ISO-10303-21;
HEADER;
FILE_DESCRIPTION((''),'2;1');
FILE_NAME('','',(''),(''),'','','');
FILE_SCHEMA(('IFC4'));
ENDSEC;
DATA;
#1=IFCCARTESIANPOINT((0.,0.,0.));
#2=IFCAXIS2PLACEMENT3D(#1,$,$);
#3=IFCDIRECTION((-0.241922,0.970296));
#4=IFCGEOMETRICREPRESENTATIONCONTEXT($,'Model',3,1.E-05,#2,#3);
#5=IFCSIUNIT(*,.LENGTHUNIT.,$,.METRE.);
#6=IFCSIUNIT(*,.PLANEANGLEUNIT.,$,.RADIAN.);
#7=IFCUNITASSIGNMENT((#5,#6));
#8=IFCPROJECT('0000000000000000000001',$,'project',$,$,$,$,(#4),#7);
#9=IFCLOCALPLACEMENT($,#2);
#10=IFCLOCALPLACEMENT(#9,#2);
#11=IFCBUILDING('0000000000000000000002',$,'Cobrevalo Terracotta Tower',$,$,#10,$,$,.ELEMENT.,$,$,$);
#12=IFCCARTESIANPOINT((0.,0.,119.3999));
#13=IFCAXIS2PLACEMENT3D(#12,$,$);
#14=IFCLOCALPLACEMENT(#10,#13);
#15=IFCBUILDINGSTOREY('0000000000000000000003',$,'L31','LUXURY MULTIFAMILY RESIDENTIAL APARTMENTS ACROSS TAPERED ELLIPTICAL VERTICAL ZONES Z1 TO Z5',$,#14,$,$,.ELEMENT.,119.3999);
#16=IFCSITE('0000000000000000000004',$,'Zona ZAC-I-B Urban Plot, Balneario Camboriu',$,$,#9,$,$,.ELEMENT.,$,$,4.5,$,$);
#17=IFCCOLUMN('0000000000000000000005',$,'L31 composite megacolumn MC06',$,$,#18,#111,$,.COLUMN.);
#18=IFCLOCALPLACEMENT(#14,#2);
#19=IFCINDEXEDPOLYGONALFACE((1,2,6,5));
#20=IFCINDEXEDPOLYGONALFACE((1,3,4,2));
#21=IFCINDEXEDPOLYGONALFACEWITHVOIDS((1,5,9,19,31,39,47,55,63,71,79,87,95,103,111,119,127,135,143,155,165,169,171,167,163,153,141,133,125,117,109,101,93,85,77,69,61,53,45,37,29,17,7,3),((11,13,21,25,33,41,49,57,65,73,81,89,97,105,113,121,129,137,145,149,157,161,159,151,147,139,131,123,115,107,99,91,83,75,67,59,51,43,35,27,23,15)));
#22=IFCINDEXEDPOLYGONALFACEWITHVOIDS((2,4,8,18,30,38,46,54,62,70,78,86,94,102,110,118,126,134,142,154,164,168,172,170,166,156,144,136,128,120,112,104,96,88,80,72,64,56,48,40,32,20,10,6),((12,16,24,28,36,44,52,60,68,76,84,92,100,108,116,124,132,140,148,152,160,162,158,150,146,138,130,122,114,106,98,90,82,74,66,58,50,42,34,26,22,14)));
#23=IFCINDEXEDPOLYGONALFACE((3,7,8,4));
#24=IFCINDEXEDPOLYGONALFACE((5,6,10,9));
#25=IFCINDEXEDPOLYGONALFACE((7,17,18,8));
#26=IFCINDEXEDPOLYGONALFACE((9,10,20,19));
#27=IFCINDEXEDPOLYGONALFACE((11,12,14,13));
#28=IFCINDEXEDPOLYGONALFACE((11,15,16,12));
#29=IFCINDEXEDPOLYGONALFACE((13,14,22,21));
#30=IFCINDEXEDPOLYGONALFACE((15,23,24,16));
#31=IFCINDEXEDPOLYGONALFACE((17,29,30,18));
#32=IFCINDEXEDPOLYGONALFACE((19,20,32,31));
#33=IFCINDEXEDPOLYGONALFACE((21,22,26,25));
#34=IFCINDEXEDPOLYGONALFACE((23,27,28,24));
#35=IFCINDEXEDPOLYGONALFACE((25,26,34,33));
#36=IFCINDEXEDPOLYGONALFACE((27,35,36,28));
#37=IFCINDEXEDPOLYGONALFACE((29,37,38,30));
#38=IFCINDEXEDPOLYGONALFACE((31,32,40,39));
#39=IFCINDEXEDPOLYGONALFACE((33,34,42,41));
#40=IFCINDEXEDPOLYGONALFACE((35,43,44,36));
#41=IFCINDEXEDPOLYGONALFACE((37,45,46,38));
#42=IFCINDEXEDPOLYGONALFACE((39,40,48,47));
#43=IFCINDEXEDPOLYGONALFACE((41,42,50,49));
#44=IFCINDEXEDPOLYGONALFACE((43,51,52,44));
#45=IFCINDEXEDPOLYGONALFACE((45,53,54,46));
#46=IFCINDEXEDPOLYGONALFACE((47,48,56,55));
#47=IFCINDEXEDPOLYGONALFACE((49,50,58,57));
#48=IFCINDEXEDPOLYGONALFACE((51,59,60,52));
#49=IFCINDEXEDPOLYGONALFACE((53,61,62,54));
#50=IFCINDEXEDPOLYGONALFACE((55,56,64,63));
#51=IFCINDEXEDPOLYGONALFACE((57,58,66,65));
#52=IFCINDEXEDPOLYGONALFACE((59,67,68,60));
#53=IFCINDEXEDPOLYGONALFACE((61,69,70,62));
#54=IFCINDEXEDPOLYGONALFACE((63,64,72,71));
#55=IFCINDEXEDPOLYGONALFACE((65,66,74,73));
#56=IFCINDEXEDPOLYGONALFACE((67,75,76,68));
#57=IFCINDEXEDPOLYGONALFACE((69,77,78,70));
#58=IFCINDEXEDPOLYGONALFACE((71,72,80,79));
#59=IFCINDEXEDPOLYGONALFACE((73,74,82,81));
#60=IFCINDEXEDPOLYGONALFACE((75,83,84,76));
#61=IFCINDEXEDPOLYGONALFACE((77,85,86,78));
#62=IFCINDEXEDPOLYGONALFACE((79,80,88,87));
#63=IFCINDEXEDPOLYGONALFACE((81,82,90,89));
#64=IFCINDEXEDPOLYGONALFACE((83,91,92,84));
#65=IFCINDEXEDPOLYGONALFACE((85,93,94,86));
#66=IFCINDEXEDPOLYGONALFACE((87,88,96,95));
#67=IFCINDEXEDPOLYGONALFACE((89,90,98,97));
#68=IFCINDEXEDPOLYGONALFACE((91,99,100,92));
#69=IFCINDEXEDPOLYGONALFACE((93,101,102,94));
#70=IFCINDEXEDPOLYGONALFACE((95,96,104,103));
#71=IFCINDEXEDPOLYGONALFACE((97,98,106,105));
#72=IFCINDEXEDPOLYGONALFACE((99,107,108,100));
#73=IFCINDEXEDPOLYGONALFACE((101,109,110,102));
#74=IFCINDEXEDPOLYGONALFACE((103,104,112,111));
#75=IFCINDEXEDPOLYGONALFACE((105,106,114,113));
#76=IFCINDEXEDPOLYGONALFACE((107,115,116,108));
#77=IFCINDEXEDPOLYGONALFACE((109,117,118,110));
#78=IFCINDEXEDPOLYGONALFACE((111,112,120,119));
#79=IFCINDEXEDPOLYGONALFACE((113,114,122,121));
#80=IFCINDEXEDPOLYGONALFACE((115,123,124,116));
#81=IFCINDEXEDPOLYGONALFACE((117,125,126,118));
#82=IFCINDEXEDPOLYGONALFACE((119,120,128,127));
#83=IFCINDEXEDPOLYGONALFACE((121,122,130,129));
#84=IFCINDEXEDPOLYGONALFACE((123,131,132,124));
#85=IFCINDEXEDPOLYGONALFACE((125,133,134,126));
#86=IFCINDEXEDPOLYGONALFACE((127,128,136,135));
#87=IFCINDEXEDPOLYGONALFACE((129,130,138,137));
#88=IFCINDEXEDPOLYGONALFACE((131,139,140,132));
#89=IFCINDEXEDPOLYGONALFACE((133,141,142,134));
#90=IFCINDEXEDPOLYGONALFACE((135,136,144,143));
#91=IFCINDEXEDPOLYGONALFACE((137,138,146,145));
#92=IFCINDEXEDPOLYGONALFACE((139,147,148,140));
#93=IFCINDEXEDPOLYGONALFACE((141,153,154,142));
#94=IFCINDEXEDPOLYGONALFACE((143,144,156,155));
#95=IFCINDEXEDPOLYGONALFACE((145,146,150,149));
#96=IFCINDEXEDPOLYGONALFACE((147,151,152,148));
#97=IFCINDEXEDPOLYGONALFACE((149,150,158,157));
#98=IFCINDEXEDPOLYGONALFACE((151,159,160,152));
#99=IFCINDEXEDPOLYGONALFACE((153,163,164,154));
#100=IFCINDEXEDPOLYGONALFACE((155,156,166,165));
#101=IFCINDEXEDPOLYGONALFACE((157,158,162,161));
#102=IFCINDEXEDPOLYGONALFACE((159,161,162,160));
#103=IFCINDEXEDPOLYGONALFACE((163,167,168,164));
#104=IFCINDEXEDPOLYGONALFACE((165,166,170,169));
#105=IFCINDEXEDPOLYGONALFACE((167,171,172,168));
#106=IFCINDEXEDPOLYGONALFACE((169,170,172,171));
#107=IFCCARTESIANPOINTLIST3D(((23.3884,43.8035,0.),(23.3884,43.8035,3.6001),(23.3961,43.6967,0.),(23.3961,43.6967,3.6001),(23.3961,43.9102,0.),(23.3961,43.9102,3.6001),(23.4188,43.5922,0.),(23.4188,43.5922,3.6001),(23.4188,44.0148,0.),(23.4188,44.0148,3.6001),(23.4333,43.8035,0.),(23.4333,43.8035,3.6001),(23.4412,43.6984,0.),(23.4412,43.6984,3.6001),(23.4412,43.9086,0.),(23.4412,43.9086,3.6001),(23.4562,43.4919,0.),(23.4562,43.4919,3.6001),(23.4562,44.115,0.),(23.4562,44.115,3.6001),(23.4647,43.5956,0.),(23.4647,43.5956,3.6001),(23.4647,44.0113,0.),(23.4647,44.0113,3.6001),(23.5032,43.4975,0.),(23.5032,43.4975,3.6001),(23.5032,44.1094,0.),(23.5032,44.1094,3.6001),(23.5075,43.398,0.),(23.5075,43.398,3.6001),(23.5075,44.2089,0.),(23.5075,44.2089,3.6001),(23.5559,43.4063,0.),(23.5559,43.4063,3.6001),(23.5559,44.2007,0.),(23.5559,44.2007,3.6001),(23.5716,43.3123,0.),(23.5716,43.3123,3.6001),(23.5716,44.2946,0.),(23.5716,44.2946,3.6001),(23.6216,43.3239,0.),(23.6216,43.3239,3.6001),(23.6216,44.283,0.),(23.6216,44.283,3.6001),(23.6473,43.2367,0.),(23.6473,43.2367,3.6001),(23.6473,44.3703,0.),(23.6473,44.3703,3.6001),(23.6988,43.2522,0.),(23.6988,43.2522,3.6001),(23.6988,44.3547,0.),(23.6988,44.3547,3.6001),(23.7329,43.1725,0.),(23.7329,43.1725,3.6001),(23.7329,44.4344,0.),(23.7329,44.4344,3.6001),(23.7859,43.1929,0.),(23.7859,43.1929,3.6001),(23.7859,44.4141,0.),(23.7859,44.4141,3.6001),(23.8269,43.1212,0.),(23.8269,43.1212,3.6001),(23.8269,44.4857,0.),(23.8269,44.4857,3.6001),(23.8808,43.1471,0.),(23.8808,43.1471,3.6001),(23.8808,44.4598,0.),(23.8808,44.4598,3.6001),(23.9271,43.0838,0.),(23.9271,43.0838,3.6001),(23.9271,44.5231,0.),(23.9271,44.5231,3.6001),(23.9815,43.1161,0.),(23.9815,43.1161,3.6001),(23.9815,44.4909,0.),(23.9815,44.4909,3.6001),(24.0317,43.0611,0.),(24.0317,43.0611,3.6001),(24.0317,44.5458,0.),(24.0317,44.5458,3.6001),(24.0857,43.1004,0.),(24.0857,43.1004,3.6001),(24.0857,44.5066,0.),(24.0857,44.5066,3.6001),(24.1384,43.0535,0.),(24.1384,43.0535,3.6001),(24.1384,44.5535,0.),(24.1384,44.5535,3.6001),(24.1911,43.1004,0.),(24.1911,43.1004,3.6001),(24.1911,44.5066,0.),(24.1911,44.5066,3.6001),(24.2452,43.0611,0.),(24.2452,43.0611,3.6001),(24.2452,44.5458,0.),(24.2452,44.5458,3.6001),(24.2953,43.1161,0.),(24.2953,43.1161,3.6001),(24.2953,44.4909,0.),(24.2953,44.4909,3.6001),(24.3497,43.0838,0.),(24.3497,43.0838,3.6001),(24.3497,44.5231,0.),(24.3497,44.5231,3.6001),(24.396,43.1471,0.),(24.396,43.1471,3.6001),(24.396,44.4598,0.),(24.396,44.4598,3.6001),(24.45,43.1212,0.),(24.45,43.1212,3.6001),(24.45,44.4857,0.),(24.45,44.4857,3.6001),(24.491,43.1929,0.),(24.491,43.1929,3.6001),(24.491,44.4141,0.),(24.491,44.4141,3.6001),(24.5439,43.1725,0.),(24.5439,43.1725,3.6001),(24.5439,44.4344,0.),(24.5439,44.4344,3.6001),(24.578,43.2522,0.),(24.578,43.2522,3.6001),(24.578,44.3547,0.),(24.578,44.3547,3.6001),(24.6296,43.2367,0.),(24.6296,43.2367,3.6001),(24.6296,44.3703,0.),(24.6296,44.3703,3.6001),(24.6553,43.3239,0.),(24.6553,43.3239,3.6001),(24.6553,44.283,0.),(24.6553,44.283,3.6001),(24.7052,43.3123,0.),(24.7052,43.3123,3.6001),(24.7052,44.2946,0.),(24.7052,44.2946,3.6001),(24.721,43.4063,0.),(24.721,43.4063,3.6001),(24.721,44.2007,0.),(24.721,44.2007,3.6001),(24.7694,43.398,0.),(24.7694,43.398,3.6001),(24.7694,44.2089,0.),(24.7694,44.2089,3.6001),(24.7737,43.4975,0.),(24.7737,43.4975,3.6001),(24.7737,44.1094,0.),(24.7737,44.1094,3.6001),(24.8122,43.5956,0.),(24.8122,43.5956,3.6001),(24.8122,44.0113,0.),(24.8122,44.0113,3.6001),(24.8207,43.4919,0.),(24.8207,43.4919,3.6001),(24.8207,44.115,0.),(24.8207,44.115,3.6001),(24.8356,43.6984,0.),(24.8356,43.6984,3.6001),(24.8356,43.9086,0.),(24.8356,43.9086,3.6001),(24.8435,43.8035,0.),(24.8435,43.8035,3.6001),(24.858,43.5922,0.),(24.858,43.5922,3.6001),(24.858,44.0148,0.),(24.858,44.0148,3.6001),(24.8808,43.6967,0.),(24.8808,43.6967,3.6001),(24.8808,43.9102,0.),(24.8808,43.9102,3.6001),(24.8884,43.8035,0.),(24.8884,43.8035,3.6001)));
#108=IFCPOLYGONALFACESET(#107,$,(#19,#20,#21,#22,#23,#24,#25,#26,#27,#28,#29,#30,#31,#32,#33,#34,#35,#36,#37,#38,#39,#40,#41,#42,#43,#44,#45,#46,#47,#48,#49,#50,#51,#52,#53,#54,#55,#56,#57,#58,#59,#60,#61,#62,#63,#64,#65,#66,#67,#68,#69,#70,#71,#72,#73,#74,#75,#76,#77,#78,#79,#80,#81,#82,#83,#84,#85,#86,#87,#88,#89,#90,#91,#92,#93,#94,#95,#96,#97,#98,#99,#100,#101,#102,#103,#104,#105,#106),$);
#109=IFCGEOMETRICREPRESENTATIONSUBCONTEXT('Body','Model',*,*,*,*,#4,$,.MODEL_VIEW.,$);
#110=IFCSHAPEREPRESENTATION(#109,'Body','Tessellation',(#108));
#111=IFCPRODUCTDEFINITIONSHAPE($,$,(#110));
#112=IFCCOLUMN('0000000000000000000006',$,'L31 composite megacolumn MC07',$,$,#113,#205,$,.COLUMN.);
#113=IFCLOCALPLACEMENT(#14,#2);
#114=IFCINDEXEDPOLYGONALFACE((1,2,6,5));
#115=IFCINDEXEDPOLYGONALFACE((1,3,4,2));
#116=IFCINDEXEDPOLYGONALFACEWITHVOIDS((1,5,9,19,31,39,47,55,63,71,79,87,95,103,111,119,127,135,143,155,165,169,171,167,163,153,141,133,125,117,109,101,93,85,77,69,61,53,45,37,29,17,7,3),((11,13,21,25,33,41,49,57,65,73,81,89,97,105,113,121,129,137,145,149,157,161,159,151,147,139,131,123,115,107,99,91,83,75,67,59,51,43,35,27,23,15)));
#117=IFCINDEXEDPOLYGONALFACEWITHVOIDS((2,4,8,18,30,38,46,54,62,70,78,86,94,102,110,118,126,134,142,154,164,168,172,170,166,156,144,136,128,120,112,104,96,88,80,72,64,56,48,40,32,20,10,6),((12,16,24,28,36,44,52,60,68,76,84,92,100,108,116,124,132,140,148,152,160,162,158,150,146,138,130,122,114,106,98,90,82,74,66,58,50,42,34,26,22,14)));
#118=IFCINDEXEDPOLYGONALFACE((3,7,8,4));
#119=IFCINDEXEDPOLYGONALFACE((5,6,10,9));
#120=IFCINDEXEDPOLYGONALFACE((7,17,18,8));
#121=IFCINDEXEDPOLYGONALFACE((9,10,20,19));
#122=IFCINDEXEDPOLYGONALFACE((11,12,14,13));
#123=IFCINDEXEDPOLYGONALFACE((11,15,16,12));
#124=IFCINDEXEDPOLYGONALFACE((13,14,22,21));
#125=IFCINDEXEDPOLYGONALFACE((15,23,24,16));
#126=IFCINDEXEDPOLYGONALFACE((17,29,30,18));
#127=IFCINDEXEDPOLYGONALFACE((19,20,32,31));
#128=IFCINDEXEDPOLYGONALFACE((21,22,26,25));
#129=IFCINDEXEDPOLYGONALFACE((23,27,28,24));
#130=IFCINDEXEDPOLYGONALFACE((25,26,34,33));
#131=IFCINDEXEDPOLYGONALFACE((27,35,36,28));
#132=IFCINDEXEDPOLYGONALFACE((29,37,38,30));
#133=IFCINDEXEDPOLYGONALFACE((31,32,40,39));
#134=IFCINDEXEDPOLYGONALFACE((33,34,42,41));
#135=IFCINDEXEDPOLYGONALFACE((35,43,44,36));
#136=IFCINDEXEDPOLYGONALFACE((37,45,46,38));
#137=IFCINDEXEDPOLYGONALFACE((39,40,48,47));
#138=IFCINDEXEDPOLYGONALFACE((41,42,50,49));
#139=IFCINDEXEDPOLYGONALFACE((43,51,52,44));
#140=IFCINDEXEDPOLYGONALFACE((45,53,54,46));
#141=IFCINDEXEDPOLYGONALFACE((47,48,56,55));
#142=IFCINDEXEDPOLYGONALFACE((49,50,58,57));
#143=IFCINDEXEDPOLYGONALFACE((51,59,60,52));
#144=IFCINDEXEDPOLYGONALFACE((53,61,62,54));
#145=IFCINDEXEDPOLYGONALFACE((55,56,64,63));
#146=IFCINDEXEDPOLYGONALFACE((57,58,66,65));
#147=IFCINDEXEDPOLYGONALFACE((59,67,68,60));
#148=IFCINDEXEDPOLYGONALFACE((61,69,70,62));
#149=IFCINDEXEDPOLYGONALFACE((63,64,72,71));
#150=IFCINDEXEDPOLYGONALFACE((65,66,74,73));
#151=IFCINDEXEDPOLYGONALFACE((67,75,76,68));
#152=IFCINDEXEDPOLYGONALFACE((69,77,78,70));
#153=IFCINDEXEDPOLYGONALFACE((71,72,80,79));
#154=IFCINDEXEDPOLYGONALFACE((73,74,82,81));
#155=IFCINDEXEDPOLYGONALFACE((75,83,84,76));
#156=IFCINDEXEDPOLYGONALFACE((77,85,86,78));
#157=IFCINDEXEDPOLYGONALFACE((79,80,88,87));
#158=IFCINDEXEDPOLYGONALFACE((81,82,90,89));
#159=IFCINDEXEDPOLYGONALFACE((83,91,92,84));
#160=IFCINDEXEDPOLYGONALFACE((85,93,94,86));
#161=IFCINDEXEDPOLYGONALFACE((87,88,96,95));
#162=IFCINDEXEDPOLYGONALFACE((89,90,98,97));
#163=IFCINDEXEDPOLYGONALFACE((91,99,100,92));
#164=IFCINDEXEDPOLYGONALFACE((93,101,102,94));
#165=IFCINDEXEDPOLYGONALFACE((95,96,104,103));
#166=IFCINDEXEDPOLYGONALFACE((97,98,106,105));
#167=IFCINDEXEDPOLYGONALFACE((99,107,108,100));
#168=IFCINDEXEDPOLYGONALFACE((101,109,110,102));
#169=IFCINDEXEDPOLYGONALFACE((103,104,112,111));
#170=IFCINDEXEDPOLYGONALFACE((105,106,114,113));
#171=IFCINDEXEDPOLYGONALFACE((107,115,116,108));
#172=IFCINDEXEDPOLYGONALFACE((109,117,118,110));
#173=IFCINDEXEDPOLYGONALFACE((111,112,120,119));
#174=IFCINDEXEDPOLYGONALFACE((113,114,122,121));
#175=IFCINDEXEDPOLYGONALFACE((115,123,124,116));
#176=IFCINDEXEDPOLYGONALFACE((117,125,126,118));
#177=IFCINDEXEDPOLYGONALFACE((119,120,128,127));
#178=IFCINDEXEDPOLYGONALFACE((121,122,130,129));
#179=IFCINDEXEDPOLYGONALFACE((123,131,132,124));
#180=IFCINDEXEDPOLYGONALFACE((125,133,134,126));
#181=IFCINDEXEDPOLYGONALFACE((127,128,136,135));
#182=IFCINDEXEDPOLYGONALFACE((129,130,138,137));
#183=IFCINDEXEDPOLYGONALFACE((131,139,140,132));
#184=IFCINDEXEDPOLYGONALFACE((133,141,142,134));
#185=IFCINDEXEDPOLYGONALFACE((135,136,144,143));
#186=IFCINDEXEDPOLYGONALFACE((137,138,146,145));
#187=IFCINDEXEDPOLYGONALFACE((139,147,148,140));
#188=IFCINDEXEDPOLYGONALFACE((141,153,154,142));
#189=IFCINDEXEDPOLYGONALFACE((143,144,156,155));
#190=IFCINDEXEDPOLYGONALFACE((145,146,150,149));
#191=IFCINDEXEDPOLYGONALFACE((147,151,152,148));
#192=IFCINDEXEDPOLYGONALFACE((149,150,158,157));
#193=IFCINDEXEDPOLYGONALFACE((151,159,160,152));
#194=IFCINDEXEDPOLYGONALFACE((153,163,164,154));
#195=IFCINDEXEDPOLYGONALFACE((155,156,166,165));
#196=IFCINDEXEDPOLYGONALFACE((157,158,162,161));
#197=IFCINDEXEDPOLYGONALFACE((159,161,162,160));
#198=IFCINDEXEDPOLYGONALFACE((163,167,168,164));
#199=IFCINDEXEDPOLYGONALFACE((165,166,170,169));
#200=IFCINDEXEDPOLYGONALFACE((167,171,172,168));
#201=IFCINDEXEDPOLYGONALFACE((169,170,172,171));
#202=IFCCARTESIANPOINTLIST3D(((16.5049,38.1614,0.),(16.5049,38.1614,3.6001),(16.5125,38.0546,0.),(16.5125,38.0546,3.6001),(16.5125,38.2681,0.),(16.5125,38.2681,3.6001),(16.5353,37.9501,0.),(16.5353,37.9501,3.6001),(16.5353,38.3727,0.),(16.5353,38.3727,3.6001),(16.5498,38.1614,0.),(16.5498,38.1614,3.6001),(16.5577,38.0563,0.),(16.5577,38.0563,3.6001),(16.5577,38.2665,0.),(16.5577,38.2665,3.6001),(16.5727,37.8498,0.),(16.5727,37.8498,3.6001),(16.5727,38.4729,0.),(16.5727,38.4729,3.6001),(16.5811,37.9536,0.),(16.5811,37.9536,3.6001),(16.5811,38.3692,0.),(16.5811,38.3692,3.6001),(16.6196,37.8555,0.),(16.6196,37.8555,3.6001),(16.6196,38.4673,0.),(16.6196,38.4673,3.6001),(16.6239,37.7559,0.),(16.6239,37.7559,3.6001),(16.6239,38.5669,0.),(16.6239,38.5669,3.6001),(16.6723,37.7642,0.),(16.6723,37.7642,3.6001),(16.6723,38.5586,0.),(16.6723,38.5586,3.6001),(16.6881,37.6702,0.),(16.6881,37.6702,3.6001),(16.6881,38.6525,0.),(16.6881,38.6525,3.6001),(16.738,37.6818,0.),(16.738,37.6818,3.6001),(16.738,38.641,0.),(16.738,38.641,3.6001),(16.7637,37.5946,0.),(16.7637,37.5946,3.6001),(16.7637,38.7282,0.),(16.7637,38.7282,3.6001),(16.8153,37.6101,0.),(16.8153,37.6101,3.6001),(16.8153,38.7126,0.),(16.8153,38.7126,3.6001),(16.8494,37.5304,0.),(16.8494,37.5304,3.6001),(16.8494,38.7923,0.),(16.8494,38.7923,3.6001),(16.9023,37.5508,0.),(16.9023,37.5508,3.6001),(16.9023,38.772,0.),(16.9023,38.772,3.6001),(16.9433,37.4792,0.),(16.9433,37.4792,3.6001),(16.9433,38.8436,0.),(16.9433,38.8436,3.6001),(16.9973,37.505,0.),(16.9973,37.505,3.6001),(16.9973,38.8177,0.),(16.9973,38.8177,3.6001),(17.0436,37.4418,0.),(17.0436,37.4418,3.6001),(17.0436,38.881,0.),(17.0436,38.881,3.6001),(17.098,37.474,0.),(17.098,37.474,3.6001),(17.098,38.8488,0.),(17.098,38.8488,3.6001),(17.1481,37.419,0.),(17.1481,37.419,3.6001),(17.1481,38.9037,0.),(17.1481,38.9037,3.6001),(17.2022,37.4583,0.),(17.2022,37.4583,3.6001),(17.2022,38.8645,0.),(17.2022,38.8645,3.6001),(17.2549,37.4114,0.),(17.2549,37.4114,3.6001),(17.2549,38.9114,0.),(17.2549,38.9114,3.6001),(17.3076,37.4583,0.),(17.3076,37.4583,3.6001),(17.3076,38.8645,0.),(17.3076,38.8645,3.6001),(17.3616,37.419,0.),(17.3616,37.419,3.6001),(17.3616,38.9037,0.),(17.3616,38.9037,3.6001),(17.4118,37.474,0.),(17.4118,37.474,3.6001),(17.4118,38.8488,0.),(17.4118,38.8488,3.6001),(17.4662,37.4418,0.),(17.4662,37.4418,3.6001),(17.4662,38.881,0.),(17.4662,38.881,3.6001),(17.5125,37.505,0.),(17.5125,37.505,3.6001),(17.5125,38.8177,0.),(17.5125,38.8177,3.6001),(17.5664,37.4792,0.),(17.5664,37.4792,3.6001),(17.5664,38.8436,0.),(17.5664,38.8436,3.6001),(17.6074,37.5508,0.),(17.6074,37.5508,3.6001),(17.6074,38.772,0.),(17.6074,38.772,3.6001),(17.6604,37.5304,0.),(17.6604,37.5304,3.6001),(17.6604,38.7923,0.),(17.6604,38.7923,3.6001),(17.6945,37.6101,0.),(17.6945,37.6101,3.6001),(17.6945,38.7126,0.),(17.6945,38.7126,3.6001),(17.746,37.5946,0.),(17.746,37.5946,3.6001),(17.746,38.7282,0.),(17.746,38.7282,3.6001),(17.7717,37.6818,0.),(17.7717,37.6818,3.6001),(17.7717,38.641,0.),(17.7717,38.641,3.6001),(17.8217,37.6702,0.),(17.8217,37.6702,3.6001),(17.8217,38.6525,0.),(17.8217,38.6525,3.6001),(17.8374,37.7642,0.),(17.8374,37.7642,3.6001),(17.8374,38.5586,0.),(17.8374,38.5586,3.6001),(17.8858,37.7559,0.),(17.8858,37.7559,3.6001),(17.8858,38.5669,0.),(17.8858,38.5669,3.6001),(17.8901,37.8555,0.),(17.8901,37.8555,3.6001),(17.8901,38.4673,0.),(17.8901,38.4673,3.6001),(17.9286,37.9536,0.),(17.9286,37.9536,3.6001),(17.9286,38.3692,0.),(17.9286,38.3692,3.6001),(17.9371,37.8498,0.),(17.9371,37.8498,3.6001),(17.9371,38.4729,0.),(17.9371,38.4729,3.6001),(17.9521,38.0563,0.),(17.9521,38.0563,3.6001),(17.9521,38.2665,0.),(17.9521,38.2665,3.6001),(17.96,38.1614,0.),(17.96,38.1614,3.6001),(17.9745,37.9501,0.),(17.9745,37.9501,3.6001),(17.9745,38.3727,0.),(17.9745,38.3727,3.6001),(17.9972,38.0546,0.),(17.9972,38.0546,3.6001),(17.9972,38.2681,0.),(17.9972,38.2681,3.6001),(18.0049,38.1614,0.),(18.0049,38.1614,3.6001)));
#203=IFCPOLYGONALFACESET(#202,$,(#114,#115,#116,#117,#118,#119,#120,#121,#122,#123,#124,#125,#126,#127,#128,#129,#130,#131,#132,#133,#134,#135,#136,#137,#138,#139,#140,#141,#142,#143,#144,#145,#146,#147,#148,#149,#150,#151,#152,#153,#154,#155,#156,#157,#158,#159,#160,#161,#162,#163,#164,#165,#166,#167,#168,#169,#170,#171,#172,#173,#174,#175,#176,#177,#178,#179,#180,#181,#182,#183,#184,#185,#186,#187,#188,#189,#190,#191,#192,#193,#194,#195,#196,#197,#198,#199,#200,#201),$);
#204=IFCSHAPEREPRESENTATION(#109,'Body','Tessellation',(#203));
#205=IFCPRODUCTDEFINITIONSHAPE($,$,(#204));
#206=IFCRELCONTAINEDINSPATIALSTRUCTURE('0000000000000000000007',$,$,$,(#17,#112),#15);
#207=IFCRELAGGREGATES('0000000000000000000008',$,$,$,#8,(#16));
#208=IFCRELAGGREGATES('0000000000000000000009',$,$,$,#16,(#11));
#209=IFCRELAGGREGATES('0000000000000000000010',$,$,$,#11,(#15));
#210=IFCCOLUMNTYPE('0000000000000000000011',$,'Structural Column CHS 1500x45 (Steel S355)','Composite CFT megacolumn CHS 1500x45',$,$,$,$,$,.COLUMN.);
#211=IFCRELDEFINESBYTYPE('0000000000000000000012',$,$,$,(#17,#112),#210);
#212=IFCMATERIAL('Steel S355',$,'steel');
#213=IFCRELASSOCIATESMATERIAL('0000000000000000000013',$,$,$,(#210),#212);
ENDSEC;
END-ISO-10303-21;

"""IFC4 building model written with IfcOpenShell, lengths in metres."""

from ifc_helpers import new_model, si_unit, direction, frame, origin, origin_2d, place, context, subcontext, project, spatial, hollow_circle, extrude, material, material_profile, profile_set, type_object, element, save


model = new_model("IFC4")

# Units and contexts
model_context = context("Model", 3, precision=1e-05, world=origin(), true_north=direction((-0.241922, 0.970296)))
body_context = subcontext(model_context, "Body", "Model", "MODEL_VIEW")
ifc_project = project(units=[si_unit("LENGTHUNIT", "METRE"), si_unit("PLANEANGLEUNIT", "RADIAN")], contexts=[model_context])

# Site, building, storey
site_placement = place(None, origin())
site = spatial("IfcSite", under=ifc_project, at=site_placement, Name="Zona ZAC-I-B Urban Plot, Balneario Camboriu", CompositionType="ELEMENT", RefElevation=4.5)
building_placement = place(site_placement, origin())
building = spatial("IfcBuilding", under=site, at=building_placement, Name="Cobrevalo Terracotta Tower", CompositionType="ELEMENT")
storey_placement = place(building_placement, frame((0.0, 0.0, 119.3999)))
storey = spatial("IfcBuildingStorey", under=building, at=storey_placement, Name="L31", Description="LUXURY MULTIFAMILY RESIDENTIAL APARTMENTS ACROSS TAPERED ELLIPTICAL VERTICAL ZONES Z1 TO Z5", CompositionType="ELEMENT", Elevation=119.3999)

# Columns
ifc_material_1 = material(Name="Steel S355", Category="steel")
ifc_material_profile_1 = material_profile(ifc_material_1, hollow_circle(Radius=0.75, WallThickness=0.0449, at=origin_2d()), Name="CHS 1500x45")
ifc_profile_set_1 = profile_set([ifc_material_profile_1], Name="Steel S355")
column_type = type_object("IfcColumnType", Name="Structural Column CHS 1500x45 (Steel S355)", Description="Composite CFT megacolumn CHS 1500x45", PredefinedType="COLUMN", material=ifc_profile_set_1)
for number, where, z_axis, x_axis, name in (
    (1, (24.1384, 43.8035, 0.0), (0.0, 0.0, 1.0), (1.0, 0.0, 0.0), "L31 composite megacolumn MC06"),
    (2, (17.2549, 38.1614, 0.0), (0.0, 0.0, 1.0), (1.0, 0.0, 0.0), "L31 composite megacolumn MC07"),
):
    element("IfcColumn", number, at=place(storey_placement, frame(where, z_axis=z_axis, x_axis=x_axis)), inside=storey, type_object=column_type, Name=name, PredefinedType="COLUMN", context=body_context, shape_type="SweptSolid", body=[
        extrude(hollow_circle(Radius=0.75, WallThickness=0.0449, at=origin_2d()), origin(), (0.0, 0.0, 1.0), 3.6001),
    ])

save(model, "model.ifc")
